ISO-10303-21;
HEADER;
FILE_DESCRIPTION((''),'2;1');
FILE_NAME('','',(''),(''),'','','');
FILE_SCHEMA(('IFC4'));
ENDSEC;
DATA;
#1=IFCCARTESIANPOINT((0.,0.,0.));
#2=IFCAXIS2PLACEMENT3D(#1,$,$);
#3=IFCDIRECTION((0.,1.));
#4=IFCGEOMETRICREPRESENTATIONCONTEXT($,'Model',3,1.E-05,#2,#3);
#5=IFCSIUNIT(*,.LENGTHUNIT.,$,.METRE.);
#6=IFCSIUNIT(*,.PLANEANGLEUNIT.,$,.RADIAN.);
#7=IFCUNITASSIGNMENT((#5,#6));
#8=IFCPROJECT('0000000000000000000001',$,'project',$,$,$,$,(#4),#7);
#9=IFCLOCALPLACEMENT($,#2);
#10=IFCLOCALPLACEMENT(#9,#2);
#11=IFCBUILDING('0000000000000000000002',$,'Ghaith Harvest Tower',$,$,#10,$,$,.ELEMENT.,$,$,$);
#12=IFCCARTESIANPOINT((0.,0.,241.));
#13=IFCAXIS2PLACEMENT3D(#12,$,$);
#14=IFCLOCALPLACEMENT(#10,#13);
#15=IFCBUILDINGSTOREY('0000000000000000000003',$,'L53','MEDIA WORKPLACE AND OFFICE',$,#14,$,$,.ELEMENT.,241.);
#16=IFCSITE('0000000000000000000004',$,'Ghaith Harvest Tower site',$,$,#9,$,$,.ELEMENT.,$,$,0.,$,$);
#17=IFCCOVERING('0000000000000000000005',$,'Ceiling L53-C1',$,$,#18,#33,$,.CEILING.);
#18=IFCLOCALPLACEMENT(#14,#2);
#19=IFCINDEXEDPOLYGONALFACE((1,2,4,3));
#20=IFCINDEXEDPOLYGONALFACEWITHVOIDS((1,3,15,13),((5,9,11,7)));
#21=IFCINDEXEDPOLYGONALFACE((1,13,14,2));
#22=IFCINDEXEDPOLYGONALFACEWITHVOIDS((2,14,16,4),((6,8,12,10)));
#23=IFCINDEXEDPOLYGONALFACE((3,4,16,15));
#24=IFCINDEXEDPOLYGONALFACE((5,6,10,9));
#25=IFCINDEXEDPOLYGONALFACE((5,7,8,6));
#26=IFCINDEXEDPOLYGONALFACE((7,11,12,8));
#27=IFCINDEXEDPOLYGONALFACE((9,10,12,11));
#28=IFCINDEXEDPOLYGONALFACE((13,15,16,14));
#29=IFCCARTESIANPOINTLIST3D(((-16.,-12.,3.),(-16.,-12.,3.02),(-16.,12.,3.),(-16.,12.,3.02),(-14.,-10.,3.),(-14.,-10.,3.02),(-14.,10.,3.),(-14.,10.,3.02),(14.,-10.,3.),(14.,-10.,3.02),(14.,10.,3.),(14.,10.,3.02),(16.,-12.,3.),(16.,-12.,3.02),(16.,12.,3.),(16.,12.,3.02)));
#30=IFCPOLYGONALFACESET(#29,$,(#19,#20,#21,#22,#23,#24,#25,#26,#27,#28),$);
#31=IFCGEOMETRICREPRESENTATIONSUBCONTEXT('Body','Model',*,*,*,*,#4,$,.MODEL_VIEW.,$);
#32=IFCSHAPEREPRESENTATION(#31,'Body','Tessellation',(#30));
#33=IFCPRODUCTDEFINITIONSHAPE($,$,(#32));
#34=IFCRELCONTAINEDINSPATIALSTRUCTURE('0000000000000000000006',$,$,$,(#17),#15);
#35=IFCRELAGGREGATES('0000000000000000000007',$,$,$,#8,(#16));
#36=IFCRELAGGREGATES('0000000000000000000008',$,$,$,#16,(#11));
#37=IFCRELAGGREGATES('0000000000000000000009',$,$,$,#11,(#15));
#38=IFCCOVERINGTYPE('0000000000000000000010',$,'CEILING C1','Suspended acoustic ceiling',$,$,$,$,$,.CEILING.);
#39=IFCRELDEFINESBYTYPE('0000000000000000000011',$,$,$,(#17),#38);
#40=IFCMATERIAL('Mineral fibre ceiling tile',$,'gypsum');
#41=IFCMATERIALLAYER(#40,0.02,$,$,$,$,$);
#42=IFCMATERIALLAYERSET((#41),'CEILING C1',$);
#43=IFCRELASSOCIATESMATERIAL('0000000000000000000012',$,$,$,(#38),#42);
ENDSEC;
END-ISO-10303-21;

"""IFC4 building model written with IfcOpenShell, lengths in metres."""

from ifc_helpers import new_model, si_unit, direction, frame, origin, place, context, subcontext, project, spatial, polyline, outline, extrude, material, layer, layer_set, type_object, element, save


model = new_model("IFC4")

# Units and contexts
model_context = context("Model", 3, precision=1e-05, world=origin(), true_north=direction((0.0, 1.0)))
body_context = subcontext(model_context, "Body", "Model", "MODEL_VIEW")
ifc_project = project(units=[si_unit("LENGTHUNIT", "METRE"), si_unit("PLANEANGLEUNIT", "RADIAN")], contexts=[model_context])

# Site, building, storey
site_placement = place(None, origin())
site = spatial("IfcSite", under=ifc_project, at=site_placement, Name="Ghaith Harvest Tower site", CompositionType="ELEMENT", RefElevation=0.0)
building_placement = place(site_placement, origin())
building = spatial("IfcBuilding", under=site, at=building_placement, Name="Ghaith Harvest Tower", CompositionType="ELEMENT")
storey_placement = place(building_placement, frame((0.0, 0.0, 241.0)))
storey = spatial("IfcBuildingStorey", under=building, at=storey_placement, Name="L53", Description="MEDIA WORKPLACE AND OFFICE", CompositionType="ELEMENT", Elevation=241.0)

# Covering
ifc_material_1 = material(Name="Mineral fibre ceiling tile", Category="gypsum")
ifc_layer_1 = layer(ifc_material_1, 0.02)
ifc_layer_set_1 = layer_set([ifc_layer_1], Name="CEILING C1")
covering_type = type_object("IfcCoveringType", Name="CEILING C1", Description="Suspended acoustic ceiling", PredefinedType="CEILING", material=ifc_layer_set_1)
covering_1_placement = place(storey_placement, frame((0.0, 0.0, 3.0)))
element("IfcCovering", 1, at=covering_1_placement, inside=storey, type_object=covering_type, Name="Ceiling L53-C1", PredefinedType="CEILING", context=body_context, shape_type="SweptSolid", body=[
    extrude(outline(polyline([(16.0, -12.0), (-16.0, -12.0), (-16.0, 12.0), (16.0, 12.0), (16.0, -12.0)]), holes=[polyline([(14.0, -10.0), (14.0, 10.0), (-14.0, 10.0), (-14.0, -10.0), (14.0, -10.0)])]), origin(), (0.0, 0.0, 1.0), 0.02),
])

save(model, "model.ifc")
